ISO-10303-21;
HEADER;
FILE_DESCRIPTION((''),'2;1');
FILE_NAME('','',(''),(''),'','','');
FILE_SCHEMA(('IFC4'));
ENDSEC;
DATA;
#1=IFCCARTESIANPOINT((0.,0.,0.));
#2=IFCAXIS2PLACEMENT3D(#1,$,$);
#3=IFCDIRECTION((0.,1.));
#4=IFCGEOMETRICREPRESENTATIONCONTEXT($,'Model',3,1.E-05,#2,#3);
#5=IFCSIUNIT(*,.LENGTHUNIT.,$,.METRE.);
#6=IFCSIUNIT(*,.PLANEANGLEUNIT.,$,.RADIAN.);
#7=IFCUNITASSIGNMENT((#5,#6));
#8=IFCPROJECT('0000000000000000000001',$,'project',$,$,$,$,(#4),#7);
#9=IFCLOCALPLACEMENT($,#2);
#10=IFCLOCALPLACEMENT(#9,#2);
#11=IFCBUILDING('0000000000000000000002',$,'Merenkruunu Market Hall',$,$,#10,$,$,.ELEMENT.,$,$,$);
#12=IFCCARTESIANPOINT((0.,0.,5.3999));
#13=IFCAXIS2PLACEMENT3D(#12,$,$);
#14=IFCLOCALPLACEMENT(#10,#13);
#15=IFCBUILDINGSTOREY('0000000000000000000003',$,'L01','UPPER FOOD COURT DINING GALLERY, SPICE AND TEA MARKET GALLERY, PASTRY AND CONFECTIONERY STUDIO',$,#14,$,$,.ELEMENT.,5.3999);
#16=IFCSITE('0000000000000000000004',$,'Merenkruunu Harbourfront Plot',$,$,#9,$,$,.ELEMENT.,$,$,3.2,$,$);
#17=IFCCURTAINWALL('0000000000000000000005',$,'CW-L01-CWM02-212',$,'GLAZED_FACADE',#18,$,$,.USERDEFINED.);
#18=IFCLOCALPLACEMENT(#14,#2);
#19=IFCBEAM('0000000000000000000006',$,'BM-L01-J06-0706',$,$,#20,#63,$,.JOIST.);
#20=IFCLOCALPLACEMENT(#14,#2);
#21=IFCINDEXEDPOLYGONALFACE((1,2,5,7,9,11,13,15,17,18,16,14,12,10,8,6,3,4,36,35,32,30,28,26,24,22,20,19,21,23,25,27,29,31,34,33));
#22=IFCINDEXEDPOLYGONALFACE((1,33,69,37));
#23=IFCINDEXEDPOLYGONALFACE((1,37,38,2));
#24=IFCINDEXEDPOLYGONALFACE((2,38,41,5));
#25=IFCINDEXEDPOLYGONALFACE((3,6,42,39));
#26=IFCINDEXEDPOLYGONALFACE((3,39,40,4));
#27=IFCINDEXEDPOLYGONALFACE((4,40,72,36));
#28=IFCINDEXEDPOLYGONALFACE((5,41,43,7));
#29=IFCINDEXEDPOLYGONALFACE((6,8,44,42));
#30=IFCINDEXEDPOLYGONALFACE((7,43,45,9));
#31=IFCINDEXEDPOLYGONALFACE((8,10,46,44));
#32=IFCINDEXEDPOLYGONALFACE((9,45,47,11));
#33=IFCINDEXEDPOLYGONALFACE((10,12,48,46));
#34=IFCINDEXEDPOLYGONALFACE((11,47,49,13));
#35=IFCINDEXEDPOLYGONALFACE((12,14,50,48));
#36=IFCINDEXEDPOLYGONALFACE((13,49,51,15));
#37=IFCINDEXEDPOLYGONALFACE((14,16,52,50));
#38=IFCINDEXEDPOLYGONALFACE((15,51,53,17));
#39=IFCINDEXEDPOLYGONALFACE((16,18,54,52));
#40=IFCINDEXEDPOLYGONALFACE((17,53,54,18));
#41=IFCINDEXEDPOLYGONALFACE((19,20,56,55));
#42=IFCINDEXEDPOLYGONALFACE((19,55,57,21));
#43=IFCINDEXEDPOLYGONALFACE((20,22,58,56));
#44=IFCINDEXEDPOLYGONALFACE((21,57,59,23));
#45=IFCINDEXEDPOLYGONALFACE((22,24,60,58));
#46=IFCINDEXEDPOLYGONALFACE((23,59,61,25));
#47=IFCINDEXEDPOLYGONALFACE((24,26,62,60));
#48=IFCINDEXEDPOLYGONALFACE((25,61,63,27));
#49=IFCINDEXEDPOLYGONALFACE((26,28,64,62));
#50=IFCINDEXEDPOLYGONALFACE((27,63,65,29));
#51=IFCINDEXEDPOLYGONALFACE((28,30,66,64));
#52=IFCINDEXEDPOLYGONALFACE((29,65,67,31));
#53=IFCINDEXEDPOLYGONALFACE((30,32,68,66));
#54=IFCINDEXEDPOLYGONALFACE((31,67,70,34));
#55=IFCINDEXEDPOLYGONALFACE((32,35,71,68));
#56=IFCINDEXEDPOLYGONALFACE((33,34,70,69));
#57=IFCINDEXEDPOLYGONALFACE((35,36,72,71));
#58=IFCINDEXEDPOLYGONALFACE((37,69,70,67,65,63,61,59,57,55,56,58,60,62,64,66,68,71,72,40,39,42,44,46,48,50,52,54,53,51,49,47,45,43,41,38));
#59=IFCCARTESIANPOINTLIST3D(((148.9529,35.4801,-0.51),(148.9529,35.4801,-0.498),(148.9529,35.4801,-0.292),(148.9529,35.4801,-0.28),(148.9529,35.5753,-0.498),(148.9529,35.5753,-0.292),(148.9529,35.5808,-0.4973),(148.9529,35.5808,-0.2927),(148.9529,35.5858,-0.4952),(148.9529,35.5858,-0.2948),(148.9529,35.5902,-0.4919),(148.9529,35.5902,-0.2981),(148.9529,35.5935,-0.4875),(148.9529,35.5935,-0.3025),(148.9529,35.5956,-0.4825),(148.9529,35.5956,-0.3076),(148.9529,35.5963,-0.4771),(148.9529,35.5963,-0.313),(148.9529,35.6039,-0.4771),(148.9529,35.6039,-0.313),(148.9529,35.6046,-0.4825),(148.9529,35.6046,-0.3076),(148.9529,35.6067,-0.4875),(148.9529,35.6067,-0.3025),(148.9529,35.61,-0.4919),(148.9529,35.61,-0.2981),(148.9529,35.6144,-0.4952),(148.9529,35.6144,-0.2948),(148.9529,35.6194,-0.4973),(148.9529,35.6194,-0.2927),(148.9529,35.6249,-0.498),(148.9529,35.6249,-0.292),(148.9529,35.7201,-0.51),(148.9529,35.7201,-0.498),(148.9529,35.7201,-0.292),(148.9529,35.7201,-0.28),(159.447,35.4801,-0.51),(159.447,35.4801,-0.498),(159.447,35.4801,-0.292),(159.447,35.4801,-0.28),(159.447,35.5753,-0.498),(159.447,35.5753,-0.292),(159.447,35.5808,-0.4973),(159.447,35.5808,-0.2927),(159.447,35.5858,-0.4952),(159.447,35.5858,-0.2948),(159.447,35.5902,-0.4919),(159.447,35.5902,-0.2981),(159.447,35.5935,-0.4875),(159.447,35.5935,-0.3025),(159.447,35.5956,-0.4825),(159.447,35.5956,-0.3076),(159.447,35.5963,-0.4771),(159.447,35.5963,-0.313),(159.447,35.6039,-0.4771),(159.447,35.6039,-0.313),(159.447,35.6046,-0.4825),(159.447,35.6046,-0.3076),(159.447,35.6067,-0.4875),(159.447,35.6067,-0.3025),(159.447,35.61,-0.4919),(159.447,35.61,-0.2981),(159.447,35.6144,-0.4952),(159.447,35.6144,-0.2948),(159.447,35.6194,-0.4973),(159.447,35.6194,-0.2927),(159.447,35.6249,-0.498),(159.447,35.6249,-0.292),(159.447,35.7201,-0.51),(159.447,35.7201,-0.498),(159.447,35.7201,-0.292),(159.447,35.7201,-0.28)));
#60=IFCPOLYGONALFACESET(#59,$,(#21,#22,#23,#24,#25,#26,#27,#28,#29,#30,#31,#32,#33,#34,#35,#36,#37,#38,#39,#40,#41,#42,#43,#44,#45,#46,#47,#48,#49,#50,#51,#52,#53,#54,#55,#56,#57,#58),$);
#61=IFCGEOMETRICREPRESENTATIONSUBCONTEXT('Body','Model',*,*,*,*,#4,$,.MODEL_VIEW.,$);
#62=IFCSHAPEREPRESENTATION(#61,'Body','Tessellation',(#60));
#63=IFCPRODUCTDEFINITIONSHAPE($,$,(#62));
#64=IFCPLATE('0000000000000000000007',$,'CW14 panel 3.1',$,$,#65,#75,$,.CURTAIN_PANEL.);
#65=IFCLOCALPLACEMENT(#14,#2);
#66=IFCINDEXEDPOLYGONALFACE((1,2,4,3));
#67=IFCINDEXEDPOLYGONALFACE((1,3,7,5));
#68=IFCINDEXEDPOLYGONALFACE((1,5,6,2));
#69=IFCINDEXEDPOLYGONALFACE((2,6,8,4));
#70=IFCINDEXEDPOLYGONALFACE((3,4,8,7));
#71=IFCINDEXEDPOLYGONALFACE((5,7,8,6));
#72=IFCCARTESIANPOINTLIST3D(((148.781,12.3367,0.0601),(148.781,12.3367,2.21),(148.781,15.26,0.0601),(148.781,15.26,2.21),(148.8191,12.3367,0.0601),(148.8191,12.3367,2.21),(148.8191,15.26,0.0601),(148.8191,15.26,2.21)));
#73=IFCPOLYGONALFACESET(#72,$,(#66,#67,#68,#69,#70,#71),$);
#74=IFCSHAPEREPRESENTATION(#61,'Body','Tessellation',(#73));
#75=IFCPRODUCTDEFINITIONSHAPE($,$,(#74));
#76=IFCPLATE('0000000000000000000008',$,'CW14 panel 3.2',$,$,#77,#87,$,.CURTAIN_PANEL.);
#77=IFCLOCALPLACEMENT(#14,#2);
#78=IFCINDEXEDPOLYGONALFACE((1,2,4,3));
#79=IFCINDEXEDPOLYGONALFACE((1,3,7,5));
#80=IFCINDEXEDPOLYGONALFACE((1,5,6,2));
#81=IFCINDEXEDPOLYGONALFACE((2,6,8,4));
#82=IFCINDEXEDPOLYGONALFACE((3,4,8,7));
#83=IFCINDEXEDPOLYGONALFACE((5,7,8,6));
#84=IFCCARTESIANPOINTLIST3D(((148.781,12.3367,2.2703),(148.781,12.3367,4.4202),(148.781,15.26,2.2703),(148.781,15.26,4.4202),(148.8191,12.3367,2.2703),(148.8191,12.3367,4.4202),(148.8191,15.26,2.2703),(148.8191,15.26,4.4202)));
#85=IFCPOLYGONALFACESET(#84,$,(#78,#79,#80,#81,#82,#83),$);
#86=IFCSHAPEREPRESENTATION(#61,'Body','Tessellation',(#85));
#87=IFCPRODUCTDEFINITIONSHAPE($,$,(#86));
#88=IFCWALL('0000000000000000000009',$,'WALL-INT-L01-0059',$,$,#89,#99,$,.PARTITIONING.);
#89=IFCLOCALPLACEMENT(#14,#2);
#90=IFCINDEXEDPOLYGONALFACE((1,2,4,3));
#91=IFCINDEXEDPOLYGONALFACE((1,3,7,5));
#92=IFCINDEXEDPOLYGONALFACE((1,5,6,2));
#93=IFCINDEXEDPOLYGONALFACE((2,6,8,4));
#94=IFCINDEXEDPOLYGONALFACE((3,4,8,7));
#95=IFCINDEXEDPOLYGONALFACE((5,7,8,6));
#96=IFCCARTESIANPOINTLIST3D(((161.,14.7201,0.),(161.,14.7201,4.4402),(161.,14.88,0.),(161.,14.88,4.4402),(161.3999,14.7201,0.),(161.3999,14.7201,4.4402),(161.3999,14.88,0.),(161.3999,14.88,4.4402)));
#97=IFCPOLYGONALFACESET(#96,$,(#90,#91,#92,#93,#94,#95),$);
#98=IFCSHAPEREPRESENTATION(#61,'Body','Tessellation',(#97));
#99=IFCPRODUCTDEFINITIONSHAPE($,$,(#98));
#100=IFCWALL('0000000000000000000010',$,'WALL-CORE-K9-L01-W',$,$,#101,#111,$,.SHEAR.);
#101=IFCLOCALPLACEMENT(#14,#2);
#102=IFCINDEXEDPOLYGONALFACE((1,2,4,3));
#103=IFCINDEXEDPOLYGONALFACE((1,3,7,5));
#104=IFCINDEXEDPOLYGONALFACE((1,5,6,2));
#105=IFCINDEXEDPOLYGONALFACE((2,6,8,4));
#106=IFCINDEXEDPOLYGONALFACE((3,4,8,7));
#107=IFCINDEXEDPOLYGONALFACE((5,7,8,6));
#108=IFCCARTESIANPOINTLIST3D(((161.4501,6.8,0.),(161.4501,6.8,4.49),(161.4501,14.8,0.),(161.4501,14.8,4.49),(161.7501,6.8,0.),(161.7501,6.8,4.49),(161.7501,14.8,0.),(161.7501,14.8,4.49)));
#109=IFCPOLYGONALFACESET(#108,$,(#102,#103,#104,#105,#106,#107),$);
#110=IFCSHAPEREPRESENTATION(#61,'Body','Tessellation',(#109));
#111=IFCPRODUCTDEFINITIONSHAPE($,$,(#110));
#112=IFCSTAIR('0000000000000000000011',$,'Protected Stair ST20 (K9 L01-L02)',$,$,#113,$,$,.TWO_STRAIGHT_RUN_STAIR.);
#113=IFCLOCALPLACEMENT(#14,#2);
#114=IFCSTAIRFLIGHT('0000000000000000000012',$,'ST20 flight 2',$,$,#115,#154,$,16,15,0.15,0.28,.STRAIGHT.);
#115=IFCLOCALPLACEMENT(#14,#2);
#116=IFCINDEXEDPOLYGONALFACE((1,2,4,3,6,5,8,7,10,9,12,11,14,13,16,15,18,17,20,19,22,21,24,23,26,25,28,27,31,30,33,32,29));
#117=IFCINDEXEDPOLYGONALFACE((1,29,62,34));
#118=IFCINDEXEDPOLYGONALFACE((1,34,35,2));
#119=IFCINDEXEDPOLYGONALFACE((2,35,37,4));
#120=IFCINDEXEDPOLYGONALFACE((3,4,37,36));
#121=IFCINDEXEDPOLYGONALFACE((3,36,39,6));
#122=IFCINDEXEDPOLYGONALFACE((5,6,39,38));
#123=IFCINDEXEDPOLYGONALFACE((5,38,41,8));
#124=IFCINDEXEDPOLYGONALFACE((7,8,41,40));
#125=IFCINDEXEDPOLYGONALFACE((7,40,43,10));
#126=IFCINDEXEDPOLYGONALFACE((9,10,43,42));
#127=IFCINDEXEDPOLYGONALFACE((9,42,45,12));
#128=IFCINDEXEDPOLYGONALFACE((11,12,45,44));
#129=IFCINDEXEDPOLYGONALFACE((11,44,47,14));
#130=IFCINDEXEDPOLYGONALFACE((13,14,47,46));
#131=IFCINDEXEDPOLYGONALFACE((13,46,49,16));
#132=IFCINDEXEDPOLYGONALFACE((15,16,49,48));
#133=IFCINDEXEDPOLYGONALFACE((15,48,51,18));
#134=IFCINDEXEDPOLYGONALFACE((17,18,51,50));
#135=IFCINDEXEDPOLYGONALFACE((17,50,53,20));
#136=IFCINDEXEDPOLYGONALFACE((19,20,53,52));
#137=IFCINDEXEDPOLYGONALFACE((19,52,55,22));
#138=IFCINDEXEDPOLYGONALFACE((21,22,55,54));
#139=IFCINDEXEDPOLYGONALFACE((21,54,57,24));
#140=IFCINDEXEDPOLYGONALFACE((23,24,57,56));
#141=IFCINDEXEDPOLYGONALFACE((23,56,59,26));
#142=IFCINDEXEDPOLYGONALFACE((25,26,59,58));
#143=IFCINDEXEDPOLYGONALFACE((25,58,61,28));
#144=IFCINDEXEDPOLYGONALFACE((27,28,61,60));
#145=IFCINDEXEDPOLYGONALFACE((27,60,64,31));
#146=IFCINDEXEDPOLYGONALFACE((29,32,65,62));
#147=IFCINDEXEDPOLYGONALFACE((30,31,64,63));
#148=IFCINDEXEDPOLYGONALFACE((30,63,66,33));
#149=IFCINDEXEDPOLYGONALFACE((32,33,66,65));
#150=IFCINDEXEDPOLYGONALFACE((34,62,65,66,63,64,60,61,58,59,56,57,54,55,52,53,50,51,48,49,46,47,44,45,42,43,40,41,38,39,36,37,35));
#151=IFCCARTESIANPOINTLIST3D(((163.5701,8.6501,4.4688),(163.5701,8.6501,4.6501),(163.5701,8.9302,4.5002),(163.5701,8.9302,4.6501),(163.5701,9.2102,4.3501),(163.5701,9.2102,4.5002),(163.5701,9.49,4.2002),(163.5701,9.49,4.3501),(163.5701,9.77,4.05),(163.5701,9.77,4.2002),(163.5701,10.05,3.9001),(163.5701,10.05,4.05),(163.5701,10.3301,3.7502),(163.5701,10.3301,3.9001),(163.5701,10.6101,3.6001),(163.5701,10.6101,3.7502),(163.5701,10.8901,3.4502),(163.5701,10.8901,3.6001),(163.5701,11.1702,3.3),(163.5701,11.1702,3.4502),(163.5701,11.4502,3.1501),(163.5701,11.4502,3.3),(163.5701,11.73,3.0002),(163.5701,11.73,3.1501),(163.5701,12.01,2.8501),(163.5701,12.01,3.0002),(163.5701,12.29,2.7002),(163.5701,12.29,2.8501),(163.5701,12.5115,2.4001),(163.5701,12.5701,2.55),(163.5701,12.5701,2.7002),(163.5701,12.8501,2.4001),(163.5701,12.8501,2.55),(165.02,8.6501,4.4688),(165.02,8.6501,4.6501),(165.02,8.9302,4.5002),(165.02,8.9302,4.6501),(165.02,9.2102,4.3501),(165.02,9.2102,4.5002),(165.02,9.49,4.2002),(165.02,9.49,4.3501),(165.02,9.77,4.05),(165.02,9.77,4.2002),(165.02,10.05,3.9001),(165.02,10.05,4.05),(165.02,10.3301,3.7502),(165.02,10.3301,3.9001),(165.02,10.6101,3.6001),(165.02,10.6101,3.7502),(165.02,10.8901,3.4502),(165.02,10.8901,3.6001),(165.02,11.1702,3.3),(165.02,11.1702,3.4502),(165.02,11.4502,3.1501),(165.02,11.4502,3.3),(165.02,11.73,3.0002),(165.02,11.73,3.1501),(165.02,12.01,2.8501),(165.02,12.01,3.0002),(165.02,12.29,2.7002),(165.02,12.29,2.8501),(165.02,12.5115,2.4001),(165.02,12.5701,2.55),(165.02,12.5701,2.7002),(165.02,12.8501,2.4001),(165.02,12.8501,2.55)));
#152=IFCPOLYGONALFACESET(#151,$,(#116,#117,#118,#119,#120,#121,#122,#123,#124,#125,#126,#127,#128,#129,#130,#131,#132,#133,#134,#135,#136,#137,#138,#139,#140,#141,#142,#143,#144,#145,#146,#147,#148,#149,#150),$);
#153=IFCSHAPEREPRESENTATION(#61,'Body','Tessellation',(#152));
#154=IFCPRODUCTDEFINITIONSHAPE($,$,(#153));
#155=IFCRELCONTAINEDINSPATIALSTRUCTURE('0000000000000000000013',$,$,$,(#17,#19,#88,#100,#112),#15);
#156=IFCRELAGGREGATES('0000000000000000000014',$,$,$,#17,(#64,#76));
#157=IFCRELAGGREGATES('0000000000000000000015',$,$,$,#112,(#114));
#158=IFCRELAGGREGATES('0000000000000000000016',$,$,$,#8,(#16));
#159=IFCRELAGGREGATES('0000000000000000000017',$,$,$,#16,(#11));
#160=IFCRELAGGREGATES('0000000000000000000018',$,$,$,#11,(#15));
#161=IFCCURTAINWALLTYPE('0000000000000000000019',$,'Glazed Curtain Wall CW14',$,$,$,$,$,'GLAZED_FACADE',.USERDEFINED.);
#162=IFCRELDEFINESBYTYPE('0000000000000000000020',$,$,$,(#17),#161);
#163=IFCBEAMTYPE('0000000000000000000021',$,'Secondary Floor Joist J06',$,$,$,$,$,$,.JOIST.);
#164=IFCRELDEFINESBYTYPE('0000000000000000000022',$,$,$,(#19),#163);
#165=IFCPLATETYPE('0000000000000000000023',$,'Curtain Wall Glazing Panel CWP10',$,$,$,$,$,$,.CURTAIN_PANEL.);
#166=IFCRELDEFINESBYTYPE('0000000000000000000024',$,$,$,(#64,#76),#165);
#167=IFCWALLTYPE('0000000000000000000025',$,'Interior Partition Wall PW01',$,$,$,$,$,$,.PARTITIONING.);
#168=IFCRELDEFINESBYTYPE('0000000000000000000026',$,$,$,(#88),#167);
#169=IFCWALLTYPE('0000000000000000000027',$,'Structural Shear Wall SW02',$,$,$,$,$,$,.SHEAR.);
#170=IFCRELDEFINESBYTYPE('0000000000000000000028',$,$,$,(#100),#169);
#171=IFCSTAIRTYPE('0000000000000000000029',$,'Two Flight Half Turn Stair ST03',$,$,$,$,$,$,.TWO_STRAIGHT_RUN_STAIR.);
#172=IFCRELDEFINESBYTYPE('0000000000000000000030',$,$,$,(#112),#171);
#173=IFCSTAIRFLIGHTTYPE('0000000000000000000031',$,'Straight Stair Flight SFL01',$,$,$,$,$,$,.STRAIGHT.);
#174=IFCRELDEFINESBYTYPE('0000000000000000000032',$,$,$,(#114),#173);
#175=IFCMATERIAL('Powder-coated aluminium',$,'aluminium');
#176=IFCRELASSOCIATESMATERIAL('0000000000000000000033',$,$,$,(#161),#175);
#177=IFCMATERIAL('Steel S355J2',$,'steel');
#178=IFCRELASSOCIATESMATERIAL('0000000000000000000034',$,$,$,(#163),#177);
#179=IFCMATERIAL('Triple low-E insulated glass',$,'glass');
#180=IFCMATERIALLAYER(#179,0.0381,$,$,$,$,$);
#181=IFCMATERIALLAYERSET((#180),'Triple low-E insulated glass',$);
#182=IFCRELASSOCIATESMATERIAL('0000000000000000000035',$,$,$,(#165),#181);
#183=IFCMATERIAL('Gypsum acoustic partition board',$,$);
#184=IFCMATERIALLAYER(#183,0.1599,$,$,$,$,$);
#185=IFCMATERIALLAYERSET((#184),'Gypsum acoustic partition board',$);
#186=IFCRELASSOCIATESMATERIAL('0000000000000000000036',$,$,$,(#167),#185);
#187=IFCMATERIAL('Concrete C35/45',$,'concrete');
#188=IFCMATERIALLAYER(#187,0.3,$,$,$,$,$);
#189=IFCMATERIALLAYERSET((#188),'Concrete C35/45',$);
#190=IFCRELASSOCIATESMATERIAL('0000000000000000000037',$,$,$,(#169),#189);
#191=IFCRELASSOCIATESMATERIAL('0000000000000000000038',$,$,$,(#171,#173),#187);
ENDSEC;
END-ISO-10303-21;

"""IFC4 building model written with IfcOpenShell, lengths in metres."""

from ifc_helpers import new_model, si_unit, direction, frame, frame_2d, origin, origin_2d, place, context, subcontext, project, spatial, polyline, rectangle, i_section, outline, extrude, material, layer, layer_set, material_profile, profile_set, type_object, element, aggregate, save


model = new_model("IFC4")

# Units and contexts
model_context = context("Model", 3, precision=1e-05, world=origin(), true_north=direction((0.0, 1.0)))
body_context = subcontext(model_context, "Body", "Model", "MODEL_VIEW")
ifc_project = project(units=[si_unit("LENGTHUNIT", "METRE"), si_unit("PLANEANGLEUNIT", "RADIAN")], contexts=[model_context])

# Site, building, storey
site_placement = place(None, origin())
site = spatial("IfcSite", under=ifc_project, at=site_placement, Name="Merenkruunu Harbourfront Plot", CompositionType="ELEMENT", RefElevation=3.2)
building_placement = place(site_placement, origin())
building = spatial("IfcBuilding", under=site, at=building_placement, Name="Merenkruunu Market Hall", CompositionType="ELEMENT")
storey_placement = place(building_placement, frame((0.0, 0.0, 5.3999)))
storey = spatial("IfcBuildingStorey", under=building, at=storey_placement, Name="L01", Description="UPPER FOOD COURT DINING GALLERY, SPICE AND TEA MARKET GALLERY, PASTRY AND CONFECTIONERY STUDIO", CompositionType="ELEMENT", Elevation=5.3999)

# Shared definitions
ifc_material_1 = material(Name="Steel S355J2", Category="steel")

# Shared definitions
ifc_material_2 = material(Name="Powder-coated aluminium", Category="aluminium")

# Curtain wall
curtain_wall_type_1 = type_object("IfcCurtainWallType", Name="Glazed Curtain Wall CW14", ElementType="GLAZED_FACADE", PredefinedType="USERDEFINED", material=ifc_material_2)
curtain_wall_1_placement = place(storey_placement, origin())
curtain_wall_1 = element("IfcCurtainWall", 1, at=curtain_wall_1_placement, inside=storey, type_object=curtain_wall_type_1, Name="CW-L01-CWM02-212", ObjectType="GLAZED_FACADE", PredefinedType="USERDEFINED")

# Beam
ifc_material_profile_1 = material_profile(ifc_material_1, i_section(OverallWidth=0.24, OverallDepth=0.23, WebThickness=0.0076, FlangeThickness=0.012, FilletRadius=0.021, at=origin_2d()), Name="HEA 240")
ifc_profile_set_1 = profile_set([ifc_material_profile_1], Name="Steel S355J2")
beam_type_1 = type_object("IfcBeamType", Name="Secondary Floor Joist J06", PredefinedType="JOIST", material=ifc_profile_set_1)
for number, where, z_axis, x_axis, name in (
    (2, (148.9529, 35.6001, -0.395), (1.0, 0.0, 0.0), (0.0, 1.0, 0.0), "BM-L01-J06-0706"),
):
    element("IfcBeam", number, at=place(storey_placement, frame(where, z_axis=z_axis, x_axis=x_axis)), inside=storey, type_object=beam_type_1, Name=name, PredefinedType="JOIST", context=body_context, shape_type="SweptSolid", body=[
        extrude(i_section(OverallWidth=0.24, OverallDepth=0.23, WebThickness=0.0076, FlangeThickness=0.012, FilletRadius=0.021, at=origin_2d()), origin(), (0.0, 0.0, 1.0), 10.4941),
    ])

# Plates
ifc_material_3 = material(Name="Triple low-E insulated glass", Category="glass")
ifc_layer_1 = layer(ifc_material_3, 0.0381)
ifc_layer_set_1 = layer_set([ifc_layer_1], Name="Triple low-E insulated glass")
plate_type = type_object("IfcPlateType", Name="Curtain Wall Glazing Panel CWP10", PredefinedType="CURTAIN_PANEL", material=ifc_layer_set_1)
plate_1_placement = place(storey_placement, frame((148.8, 13.7983, 0.0601), z_axis=(0.0, 0.0, 1.0), x_axis=(0.0, 1.0, 0.0)))
plate_1 = element("IfcPlate", 3, at=plate_1_placement, type_object=plate_type, Name="CW14 panel 3.1", PredefinedType="CURTAIN_PANEL", context=body_context, shape_type="SweptSolid", body=[
    extrude(rectangle(XDim=2.9233, YDim=0.0381, at=origin_2d()), origin(), (0.0, 0.0, 1.0), 2.1499),
])
plate_2_placement = place(storey_placement, frame((148.8, 13.7983, 2.2703), z_axis=(0.0, 0.0, 1.0), x_axis=(0.0, 1.0, 0.0)))
plate_2 = element("IfcPlate", 4, at=plate_2_placement, type_object=plate_type, Name="CW14 panel 3.2", PredefinedType="CURTAIN_PANEL", context=body_context, shape_type="SweptSolid", body=[
    extrude(rectangle(XDim=2.9233, YDim=0.0381, at=origin_2d()), origin(), (0.0, 0.0, 1.0), 2.1499),
])
aggregate(curtain_wall_1, [plate_1, plate_2])

# Walls
ifc_material_4 = material(Name="Gypsum acoustic partition board")
ifc_layer_2 = layer(ifc_material_4, 0.1599)
ifc_layer_set_2 = layer_set([ifc_layer_2], Name="Gypsum acoustic partition board")
wall_type_1 = type_object("IfcWallType", Name="Interior Partition Wall PW01", PredefinedType="PARTITIONING", material=ifc_layer_set_2)
wall_1_placement = place(storey_placement, frame((161.0, 14.8, 0.0), z_axis=(0.0, 0.0, 1.0), x_axis=(1.0, 0.0, 0.0)))
element("IfcWall", 5, at=wall_1_placement, inside=storey, type_object=wall_type_1, Name="WALL-INT-L01-0059", PredefinedType="PARTITIONING", context=body_context, shape_type="SweptSolid", body=[
    extrude(rectangle(XDim=0.3999, YDim=0.1599, at=frame_2d((0.2, 0.0))), origin(), (0.0, 0.0, 1.0), 4.4402),
])
ifc_material_5 = material(Name="Concrete C35/45", Category="concrete")
ifc_layer_3 = layer(ifc_material_5, 0.3)
ifc_layer_set_3 = layer_set([ifc_layer_3], Name="Concrete C35/45")
wall_type_2 = type_object("IfcWallType", Name="Structural Shear Wall SW02", PredefinedType="SHEAR", material=ifc_layer_set_3)
wall_2_placement = place(storey_placement, frame((161.6001, 14.8, 0.0), z_axis=(0.0, 0.0, 1.0), x_axis=(0.0, -1.0, 0.0)))
element("IfcWall", 6, at=wall_2_placement, inside=storey, type_object=wall_type_2, Name="WALL-CORE-K9-L01-W", PredefinedType="SHEAR", context=body_context, shape_type="SweptSolid", body=[
    extrude(rectangle(XDim=8.0, YDim=0.3, at=frame_2d((4.0, 0.0))), origin(), (0.0, 0.0, 1.0), 4.49),
])

# Stair, stair flight
stair_type = type_object("IfcStairType", Name="Two Flight Half Turn Stair ST03", PredefinedType="TWO_STRAIGHT_RUN_STAIR", material=ifc_material_5)
stair_placement = place(storey_placement, origin())
stair = element("IfcStair", 7, at=stair_placement, inside=storey, type_object=stair_type, Name="Protected Stair ST20 (K9 L01-L02)", PredefinedType="TWO_STRAIGHT_RUN_STAIR")
stair_flight_type = type_object("IfcStairFlightType", Name="Straight Stair Flight SFL01", PredefinedType="STRAIGHT", material=ifc_material_5)
stair_flight_placement = place(storey_placement, frame((164.2949, 12.8501, 2.4001), z_axis=(0.0, 0.0, 1.0), x_axis=(0.0, -1.0, 0.0)))
stair_flight = element("IfcStairFlight", 8, at=stair_flight_placement, type_object=stair_flight_type, Name="ST20 flight 2", NumberOfRisers=16, NumberOfTreads=15, PredefinedType="STRAIGHT", RiserHeight=0.15, TreadLength=0.28, context=body_context, shape_type="SweptSolid", body=[
    extrude(outline(polyline([(0.0, 0.0), (0.0, 0.1499), (0.28, 0.1499), (0.28, 0.3), (0.5601, 0.3), (0.5601, 0.45), (0.8401, 0.45), (0.8401, 0.6001), (1.1201, 0.6001), (1.1201, 0.75), (1.3999, 0.75), (1.3999, 0.8999), (1.6799, 0.8999), (1.6799, 1.05), (1.96, 1.05), (1.96, 1.2), (2.24, 1.2), (2.24, 1.3501), (2.52, 1.3501), (2.52, 1.5), (2.8, 1.5), (2.8, 1.6499), (3.0801, 1.6499), (3.0801, 1.8), (3.3601, 1.8), (3.3601, 1.95), (3.6399, 1.95), (3.6399, 2.1001), (3.9199, 2.1001), (3.9199, 2.25), (4.2, 2.25), (4.2, 2.3999), (4.2, 2.0686), (0.3386, 0.0), (0.0, 0.0)])), frame((0.0, 0.7251, 0.0), z_axis=(0.0, -1.0, 0.0), x_axis=(1.0, 0.0, 0.0)), (0.0, 0.0, 1.0), 1.45),
])
aggregate(stair, [stair_flight])

save(model, "model.ifc")
